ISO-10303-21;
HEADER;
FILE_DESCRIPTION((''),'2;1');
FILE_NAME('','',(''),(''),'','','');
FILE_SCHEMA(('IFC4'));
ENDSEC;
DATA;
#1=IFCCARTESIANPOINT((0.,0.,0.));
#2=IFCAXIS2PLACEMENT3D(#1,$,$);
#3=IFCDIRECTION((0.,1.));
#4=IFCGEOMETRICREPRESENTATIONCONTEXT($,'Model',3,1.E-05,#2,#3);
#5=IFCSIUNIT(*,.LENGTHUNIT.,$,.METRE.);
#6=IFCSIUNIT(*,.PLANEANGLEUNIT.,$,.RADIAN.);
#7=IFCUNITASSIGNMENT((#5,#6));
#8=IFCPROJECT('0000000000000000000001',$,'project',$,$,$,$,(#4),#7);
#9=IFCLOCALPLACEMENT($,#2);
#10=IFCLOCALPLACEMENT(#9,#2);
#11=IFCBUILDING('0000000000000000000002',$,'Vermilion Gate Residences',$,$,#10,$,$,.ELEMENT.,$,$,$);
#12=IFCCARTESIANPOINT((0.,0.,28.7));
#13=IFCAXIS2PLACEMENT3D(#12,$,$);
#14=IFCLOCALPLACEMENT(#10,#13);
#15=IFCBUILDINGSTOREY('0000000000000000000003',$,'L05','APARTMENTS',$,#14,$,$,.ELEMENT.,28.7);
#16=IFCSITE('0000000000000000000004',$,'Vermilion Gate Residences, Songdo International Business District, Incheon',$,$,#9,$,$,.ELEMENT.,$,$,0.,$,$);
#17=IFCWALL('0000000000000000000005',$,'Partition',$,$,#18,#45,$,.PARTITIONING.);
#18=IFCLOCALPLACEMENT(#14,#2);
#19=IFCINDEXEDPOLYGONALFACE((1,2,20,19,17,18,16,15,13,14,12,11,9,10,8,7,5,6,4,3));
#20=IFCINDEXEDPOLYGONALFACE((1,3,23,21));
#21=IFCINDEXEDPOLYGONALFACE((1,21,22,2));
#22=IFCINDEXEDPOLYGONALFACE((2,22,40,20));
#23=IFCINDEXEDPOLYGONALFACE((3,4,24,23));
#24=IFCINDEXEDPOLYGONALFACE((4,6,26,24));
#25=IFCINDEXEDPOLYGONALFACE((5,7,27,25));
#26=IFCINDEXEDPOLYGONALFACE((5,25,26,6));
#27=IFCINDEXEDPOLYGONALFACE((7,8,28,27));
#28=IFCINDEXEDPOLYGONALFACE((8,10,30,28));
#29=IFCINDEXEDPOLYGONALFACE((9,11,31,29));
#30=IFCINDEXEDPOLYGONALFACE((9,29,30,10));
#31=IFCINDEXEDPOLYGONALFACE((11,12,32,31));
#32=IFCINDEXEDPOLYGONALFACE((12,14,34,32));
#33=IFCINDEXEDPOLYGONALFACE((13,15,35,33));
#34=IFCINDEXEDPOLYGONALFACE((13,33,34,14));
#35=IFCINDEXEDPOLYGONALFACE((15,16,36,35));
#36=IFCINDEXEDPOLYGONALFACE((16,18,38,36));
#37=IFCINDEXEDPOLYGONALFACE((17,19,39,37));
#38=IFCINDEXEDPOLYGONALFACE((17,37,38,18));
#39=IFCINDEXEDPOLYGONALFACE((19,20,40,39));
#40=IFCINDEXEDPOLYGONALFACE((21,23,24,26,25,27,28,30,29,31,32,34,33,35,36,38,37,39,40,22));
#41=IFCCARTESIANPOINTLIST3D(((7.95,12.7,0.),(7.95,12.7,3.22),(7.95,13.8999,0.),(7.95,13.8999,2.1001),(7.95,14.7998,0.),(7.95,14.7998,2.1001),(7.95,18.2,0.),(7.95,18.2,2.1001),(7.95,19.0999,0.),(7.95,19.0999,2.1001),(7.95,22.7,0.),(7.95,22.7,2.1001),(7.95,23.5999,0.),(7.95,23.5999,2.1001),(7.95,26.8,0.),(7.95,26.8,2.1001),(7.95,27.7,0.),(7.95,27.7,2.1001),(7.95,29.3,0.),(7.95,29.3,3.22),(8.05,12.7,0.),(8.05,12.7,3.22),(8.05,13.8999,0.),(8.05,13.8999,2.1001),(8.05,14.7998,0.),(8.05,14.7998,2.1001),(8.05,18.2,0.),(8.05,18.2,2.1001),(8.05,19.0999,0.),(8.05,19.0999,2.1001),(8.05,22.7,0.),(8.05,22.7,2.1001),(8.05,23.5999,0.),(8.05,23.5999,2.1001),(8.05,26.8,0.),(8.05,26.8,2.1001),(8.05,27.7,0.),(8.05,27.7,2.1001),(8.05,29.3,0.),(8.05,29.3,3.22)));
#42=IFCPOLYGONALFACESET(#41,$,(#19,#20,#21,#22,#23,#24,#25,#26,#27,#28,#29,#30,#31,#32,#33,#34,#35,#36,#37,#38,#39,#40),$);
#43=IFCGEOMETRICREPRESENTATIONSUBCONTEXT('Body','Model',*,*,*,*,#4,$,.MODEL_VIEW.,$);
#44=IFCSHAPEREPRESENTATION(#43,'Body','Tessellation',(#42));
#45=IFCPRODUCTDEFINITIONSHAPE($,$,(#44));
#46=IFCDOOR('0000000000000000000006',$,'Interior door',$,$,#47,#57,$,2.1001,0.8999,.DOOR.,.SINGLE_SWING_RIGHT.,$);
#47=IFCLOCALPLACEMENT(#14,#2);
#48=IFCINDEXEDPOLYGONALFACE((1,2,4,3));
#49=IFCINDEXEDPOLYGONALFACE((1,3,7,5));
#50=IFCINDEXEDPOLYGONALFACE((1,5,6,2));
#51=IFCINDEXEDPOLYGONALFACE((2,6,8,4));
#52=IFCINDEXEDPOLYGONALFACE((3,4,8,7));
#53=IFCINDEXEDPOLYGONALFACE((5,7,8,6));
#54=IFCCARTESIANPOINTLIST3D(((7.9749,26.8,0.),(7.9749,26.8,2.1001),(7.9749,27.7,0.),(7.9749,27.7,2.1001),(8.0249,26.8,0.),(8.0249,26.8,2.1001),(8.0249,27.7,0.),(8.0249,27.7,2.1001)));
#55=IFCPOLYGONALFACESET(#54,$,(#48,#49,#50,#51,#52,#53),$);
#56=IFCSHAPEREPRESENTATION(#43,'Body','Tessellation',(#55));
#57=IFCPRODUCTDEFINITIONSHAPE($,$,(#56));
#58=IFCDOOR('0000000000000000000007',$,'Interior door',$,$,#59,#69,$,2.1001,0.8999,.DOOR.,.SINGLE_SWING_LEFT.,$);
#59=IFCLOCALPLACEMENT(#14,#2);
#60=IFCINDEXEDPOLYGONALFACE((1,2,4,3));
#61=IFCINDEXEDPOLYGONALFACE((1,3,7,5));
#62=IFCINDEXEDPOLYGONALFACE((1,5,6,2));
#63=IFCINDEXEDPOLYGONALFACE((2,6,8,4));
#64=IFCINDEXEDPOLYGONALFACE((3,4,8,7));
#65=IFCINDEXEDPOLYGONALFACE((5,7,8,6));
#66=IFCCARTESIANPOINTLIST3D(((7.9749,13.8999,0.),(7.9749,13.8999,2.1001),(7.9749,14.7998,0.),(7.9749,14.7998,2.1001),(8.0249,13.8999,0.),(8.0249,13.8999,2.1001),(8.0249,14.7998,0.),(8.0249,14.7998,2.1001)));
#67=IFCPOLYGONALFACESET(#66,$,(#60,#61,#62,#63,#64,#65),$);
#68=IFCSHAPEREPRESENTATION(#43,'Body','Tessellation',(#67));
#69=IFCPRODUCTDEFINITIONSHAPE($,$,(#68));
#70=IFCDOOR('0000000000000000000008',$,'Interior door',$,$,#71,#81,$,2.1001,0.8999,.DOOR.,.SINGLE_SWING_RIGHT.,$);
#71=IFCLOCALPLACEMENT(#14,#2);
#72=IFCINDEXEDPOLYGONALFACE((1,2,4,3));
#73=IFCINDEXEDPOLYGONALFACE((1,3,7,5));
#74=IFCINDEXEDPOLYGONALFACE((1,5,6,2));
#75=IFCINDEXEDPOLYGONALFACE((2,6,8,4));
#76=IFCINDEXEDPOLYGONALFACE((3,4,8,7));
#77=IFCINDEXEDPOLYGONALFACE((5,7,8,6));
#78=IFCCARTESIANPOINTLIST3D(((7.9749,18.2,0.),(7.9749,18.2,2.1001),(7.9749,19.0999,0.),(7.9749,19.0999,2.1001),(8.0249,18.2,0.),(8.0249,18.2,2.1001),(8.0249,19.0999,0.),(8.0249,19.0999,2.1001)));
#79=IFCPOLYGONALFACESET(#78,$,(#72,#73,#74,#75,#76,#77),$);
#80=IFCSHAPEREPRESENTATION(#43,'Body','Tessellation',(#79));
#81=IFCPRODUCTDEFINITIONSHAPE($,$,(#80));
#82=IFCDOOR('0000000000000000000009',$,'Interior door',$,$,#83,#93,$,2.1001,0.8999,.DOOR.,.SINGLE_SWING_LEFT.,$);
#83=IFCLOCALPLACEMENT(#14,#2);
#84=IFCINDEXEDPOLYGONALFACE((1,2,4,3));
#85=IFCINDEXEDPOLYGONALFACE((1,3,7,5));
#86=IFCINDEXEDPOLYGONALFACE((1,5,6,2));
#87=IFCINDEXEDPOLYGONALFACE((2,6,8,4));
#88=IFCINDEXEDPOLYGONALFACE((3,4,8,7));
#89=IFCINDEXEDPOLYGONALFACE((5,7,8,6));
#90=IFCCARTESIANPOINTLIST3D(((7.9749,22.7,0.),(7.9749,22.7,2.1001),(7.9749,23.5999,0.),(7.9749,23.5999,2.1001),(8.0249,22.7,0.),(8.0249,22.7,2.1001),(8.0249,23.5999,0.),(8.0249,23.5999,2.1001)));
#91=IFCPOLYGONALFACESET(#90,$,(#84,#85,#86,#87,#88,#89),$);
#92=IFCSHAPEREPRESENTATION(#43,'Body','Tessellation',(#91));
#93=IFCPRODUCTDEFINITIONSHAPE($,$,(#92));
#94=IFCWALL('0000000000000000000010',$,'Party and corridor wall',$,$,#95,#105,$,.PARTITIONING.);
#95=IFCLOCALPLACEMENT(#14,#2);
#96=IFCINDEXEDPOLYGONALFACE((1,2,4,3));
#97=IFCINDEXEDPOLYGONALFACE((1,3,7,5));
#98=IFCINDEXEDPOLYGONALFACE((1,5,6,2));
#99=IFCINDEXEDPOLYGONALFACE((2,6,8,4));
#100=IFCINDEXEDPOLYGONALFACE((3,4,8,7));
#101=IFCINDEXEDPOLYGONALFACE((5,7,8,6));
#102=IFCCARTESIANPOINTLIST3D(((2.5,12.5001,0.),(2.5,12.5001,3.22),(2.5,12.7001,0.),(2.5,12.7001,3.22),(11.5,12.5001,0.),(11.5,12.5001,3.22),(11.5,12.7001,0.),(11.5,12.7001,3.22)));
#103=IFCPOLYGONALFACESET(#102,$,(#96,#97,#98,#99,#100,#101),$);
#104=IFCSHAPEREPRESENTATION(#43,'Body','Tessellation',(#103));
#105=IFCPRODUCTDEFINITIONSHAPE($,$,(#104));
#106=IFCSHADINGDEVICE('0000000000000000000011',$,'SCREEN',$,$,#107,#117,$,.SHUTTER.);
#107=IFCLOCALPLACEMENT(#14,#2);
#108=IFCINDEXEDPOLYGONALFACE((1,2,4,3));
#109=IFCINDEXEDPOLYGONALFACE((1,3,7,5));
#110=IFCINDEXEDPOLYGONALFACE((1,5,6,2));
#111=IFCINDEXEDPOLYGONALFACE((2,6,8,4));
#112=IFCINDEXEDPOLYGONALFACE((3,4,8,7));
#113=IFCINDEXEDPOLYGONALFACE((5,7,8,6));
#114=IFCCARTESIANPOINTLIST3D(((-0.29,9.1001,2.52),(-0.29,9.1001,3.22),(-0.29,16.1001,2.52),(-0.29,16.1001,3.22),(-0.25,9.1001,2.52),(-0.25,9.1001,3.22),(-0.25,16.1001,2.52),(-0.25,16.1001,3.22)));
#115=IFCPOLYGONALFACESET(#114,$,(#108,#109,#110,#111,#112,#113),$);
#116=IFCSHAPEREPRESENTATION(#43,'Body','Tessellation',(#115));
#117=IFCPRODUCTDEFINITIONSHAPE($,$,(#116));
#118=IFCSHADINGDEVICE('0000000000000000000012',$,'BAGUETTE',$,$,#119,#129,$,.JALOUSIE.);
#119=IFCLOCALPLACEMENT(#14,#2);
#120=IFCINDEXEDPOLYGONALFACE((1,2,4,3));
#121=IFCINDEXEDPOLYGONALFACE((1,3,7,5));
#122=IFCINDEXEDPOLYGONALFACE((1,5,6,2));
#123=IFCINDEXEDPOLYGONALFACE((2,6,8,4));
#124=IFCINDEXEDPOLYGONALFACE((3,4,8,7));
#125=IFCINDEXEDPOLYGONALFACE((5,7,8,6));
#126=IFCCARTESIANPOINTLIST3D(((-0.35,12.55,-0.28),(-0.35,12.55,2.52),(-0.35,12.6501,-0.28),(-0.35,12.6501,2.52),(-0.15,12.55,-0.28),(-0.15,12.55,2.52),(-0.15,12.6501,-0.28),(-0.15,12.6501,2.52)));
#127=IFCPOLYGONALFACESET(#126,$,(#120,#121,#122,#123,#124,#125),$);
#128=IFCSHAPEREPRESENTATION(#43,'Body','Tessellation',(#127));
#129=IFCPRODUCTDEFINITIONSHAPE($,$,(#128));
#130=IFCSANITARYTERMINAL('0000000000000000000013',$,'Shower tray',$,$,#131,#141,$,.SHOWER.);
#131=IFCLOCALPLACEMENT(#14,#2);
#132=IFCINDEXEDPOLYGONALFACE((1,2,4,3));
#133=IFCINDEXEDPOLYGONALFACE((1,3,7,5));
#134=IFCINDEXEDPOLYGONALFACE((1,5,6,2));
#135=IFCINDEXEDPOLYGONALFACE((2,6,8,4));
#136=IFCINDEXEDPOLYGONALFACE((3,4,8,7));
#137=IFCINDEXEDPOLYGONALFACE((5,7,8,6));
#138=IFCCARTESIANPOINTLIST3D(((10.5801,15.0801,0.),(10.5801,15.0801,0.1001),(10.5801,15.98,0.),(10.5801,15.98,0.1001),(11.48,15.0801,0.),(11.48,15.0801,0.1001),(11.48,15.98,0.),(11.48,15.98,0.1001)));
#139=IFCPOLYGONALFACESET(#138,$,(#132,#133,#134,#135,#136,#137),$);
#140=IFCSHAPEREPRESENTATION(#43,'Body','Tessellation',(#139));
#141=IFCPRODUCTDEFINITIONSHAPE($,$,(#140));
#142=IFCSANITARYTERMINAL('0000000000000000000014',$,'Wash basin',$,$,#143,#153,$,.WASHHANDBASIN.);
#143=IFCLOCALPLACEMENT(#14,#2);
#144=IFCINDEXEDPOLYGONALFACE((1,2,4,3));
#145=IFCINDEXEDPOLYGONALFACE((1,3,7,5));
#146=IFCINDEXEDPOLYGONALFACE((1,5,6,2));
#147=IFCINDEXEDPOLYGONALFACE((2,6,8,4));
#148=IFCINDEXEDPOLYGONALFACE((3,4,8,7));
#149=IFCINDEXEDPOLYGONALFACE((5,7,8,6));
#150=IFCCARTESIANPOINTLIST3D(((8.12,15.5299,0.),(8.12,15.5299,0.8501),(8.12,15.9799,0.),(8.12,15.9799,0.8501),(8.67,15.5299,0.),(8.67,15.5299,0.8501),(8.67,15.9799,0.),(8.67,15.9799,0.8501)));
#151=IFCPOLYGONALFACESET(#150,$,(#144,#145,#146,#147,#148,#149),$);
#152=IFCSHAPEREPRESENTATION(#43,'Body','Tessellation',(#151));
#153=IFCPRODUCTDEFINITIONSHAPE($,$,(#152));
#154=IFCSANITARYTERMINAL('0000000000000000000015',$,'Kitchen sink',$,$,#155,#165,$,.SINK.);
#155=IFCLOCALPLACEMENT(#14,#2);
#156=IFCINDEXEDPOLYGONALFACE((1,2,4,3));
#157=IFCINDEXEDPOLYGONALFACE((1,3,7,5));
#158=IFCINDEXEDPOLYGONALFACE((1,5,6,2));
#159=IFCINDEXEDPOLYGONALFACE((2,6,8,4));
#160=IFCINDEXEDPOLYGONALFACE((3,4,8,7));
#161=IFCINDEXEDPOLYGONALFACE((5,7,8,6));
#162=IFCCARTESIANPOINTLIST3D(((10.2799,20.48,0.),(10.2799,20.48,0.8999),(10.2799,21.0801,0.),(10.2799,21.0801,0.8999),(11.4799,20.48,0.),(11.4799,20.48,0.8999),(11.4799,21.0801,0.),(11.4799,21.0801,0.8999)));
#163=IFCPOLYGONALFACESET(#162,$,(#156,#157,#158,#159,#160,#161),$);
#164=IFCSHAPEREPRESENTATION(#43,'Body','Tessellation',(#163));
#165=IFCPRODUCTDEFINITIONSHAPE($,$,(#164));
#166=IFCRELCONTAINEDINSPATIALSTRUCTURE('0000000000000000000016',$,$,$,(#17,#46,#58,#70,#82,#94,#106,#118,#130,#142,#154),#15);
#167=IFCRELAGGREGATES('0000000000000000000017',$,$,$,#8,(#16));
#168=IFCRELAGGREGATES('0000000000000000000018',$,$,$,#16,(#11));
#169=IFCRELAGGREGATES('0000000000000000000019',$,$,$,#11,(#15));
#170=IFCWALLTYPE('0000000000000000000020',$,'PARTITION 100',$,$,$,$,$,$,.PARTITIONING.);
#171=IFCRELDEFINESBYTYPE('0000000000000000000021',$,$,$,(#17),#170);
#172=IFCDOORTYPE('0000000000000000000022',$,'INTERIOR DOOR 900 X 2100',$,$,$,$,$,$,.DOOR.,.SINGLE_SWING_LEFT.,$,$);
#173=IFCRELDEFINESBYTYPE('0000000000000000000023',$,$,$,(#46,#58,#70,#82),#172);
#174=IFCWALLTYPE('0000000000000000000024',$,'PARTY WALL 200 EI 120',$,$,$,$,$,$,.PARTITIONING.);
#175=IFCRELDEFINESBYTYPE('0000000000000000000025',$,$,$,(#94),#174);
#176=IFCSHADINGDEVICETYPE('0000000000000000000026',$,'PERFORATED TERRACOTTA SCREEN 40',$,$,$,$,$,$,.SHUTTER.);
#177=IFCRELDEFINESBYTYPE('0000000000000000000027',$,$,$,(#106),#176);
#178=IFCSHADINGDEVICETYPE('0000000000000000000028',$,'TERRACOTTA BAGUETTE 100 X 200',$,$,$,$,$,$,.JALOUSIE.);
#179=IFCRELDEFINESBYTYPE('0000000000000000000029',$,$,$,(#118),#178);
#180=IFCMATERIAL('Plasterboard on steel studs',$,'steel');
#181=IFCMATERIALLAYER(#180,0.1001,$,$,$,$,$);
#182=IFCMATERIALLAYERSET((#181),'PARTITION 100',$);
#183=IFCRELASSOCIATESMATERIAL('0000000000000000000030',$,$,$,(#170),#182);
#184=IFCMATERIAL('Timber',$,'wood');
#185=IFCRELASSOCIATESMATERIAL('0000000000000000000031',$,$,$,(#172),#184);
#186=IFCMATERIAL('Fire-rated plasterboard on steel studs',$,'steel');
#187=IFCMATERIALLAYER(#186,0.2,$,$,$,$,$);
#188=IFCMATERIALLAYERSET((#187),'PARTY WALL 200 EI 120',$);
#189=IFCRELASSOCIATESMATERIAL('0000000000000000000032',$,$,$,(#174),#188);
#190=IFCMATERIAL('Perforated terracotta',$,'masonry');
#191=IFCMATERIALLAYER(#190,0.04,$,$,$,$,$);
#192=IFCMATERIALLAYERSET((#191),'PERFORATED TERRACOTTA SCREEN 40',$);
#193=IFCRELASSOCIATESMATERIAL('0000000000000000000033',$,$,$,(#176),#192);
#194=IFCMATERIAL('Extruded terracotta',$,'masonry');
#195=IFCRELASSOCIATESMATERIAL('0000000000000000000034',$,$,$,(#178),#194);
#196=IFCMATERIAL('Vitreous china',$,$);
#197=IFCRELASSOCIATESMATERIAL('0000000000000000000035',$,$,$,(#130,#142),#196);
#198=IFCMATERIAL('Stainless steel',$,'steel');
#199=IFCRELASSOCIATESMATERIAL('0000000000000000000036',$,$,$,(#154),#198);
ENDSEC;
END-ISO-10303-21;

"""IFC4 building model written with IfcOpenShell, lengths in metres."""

from ifc_helpers import new_model, si_unit, direction, frame, frame_2d, origin, origin_2d, place, context, subcontext, project, spatial, rectangle, extrude, material, layer, layer_set, material_profile, profile_set, type_object, element, fill, save


model = new_model("IFC4")

# Units and contexts
model_context = context("Model", 3, precision=1e-05, world=origin(), true_north=direction((0.0, 1.0)))
body_context = subcontext(model_context, "Body", "Model", "MODEL_VIEW")
ifc_project = project(units=[si_unit("LENGTHUNIT", "METRE"), si_unit("PLANEANGLEUNIT", "RADIAN")], contexts=[model_context])

# Site, building, storey
site_placement = place(None, origin())
site = spatial("IfcSite", under=ifc_project, at=site_placement, Name="Vermilion Gate Residences, Songdo International Business District, Incheon", CompositionType="ELEMENT", RefElevation=0.0)
building_placement = place(site_placement, origin())
building = spatial("IfcBuilding", under=site, at=building_placement, Name="Vermilion Gate Residences", CompositionType="ELEMENT")
storey_placement = place(building_placement, frame((0.0, 0.0, 28.7)))
storey = spatial("IfcBuildingStorey", under=building, at=storey_placement, Name="L05", Description="APARTMENTS", CompositionType="ELEMENT", Elevation=28.7)

# Shared definitions
ifc_material_1 = material(Name="Plasterboard on steel studs", Category="steel")
ifc_layer_1 = layer(ifc_material_1, 0.1001)
ifc_layer_set_1 = layer_set([ifc_layer_1], Name="PARTITION 100")
wall_type_1 = type_object("IfcWallType", Name="PARTITION 100", PredefinedType="PARTITIONING", material=ifc_layer_set_1)

# Wall, openings, doors
ifc_material_2 = material(Name="Timber", Category="wood")
door_type = type_object("IfcDoorType", Name="INTERIOR DOOR 900 X 2100", OperationType="SINGLE_SWING_LEFT", PredefinedType="DOOR", material=ifc_material_2)
wall_1_placement = place(storey_placement, frame((8.0, 12.7, 0.0), z_axis=(0.0, 0.0, 1.0), x_axis=(0.0, 1.0, 0.0)))
wall_1 = element("IfcWall", 1, at=wall_1_placement, inside=storey, type_object=wall_type_1, Name="Partition", PredefinedType="PARTITIONING", context=body_context, shape_type="SweptSolid", body=[
    extrude(rectangle(XDim=16.6001, YDim=0.1001, at=frame_2d((8.3, 0.0))), origin(), (0.0, 0.0, 1.0), 3.22),
])
opening_1_placement = place(wall_1_placement, frame((14.1001, 0.0, 0.0)))
opening_1 = element("IfcOpeningElement", 2, at=opening_1_placement, cuts=wall_1, PredefinedType="OPENING", context=body_context, shape_type="SweptSolid", body=[
    extrude(rectangle(XDim=0.8999, YDim=2.1001, at=frame_2d((0.45, 1.05))), frame((0.0, 0.0601, 0.0), z_axis=(0.0, -1.0, 0.0), x_axis=(1.0, 0.0, 0.0)), (0.0, 0.0, 1.0), 0.1201),
])
opening_2_placement = place(wall_1_placement, frame((1.2, 0.0, 0.0)))
opening_2 = element("IfcOpeningElement", 3, at=opening_2_placement, cuts=wall_1, PredefinedType="OPENING", context=body_context, shape_type="SweptSolid", body=[
    extrude(rectangle(XDim=0.8999, YDim=2.1001, at=frame_2d((0.45, 1.05))), frame((0.0, 0.0601, 0.0), z_axis=(0.0, -1.0, 0.0), x_axis=(1.0, 0.0, 0.0)), (0.0, 0.0, 1.0), 0.1201),
])
opening_3_placement = place(wall_1_placement, frame((5.5, 0.0, 0.0)))
opening_3 = element("IfcOpeningElement", 4, at=opening_3_placement, cuts=wall_1, PredefinedType="OPENING", context=body_context, shape_type="SweptSolid", body=[
    extrude(rectangle(XDim=0.8999, YDim=2.1001, at=frame_2d((0.45, 1.05))), frame((0.0, 0.0601, 0.0), z_axis=(0.0, -1.0, 0.0), x_axis=(1.0, 0.0, 0.0)), (0.0, 0.0, 1.0), 0.1201),
])
opening_4_placement = place(wall_1_placement, frame((10.0, 0.0, 0.0)))
opening_4 = element("IfcOpeningElement", 5, at=opening_4_placement, cuts=wall_1, PredefinedType="OPENING", context=body_context, shape_type="SweptSolid", body=[
    extrude(rectangle(XDim=0.8999, YDim=2.1001, at=frame_2d((0.45, 1.05))), frame((0.0, 0.0601, 0.0), z_axis=(0.0, -1.0, 0.0), x_axis=(1.0, 0.0, 0.0)), (0.0, 0.0, 1.0), 0.1201),
])
door_1_placement = place(opening_1_placement, frame((0.8999, 0.0, 0.0), z_axis=(0.0, 0.0, 1.0), x_axis=(-1.0, 0.0, 0.0)))
door_1 = element("IfcDoor", 6, at=door_1_placement, inside=storey, type_object=door_type, Name="Interior door", OperationType="SINGLE_SWING_RIGHT", OverallHeight=2.1001, OverallWidth=0.8999, PredefinedType="DOOR", context=body_context, shape_type="SweptSolid", body=[
    extrude(rectangle(XDim=0.8999, YDim=2.1001, at=frame_2d((0.45, 1.05))), frame((0.0, 0.0249, 0.0), z_axis=(0.0, -1.0, 0.0), x_axis=(1.0, 0.0, 0.0)), (0.0, 0.0, 1.0), 0.05),
])
fill(opening_1, door_1)
door_2_placement = place(opening_2_placement, frame((0.8999, 0.0, 0.0), z_axis=(0.0, 0.0, 1.0), x_axis=(-1.0, 0.0, 0.0)))
door_2 = element("IfcDoor", 7, at=door_2_placement, inside=storey, type_object=door_type, Name="Interior door", OperationType="SINGLE_SWING_LEFT", OverallHeight=2.1001, OverallWidth=0.8999, PredefinedType="DOOR", context=body_context, shape_type="SweptSolid", body=[
    extrude(rectangle(XDim=0.8999, YDim=2.1001, at=frame_2d((0.45, 1.05))), frame((0.0, 0.0249, 0.0), z_axis=(0.0, -1.0, 0.0), x_axis=(1.0, 0.0, 0.0)), (0.0, 0.0, 1.0), 0.05),
])
fill(opening_2, door_2)
door_3_placement = place(opening_3_placement, frame((0.8999, 0.0, 0.0), z_axis=(0.0, 0.0, 1.0), x_axis=(-1.0, 0.0, 0.0)))
door_3 = element("IfcDoor", 8, at=door_3_placement, inside=storey, type_object=door_type, Name="Interior door", OperationType="SINGLE_SWING_RIGHT", OverallHeight=2.1001, OverallWidth=0.8999, PredefinedType="DOOR", context=body_context, shape_type="SweptSolid", body=[
    extrude(rectangle(XDim=0.8999, YDim=2.1001, at=frame_2d((0.45, 1.05))), frame((0.0, 0.0249, 0.0), z_axis=(0.0, -1.0, 0.0), x_axis=(1.0, 0.0, 0.0)), (0.0, 0.0, 1.0), 0.05),
])
fill(opening_3, door_3)
door_4_placement = place(opening_4_placement, frame((0.8999, 0.0, 0.0), z_axis=(0.0, 0.0, 1.0), x_axis=(-1.0, 0.0, 0.0)))
door_4 = element("IfcDoor", 9, at=door_4_placement, inside=storey, type_object=door_type, Name="Interior door", OperationType="SINGLE_SWING_LEFT", OverallHeight=2.1001, OverallWidth=0.8999, PredefinedType="DOOR", context=body_context, shape_type="SweptSolid", body=[
    extrude(rectangle(XDim=0.8999, YDim=2.1001, at=frame_2d((0.45, 1.05))), frame((0.0, 0.0249, 0.0), z_axis=(0.0, -1.0, 0.0), x_axis=(1.0, 0.0, 0.0)), (0.0, 0.0, 1.0), 0.05),
])
fill(opening_4, door_4)

# Wall
ifc_material_3 = material(Name="Fire-rated plasterboard on steel studs", Category="steel")
ifc_layer_2 = layer(ifc_material_3, 0.2)
ifc_layer_set_2 = layer_set([ifc_layer_2], Name="PARTY WALL 200 EI 120")
wall_type_2 = type_object("IfcWallType", Name="PARTY WALL 200 EI 120", PredefinedType="PARTITIONING", material=ifc_layer_set_2)
wall_2_placement = place(storey_placement, frame((2.5, 12.6001, 0.0), z_axis=(0.0, 0.0, 1.0), x_axis=(1.0, 0.0, 0.0)))
element("IfcWall", 10, at=wall_2_placement, inside=storey, type_object=wall_type_2, Name="Party and corridor wall", PredefinedType="PARTITIONING", context=body_context, shape_type="SweptSolid", body=[
    extrude(rectangle(XDim=9.0, YDim=0.2, at=frame_2d((4.5, 0.0))), origin(), (0.0, 0.0, 1.0), 3.22),
])

# Shading devices
ifc_material_4 = material(Name="Perforated terracotta", Category="masonry")
ifc_layer_3 = layer(ifc_material_4, 0.04)
ifc_layer_set_3 = layer_set([ifc_layer_3], Name="PERFORATED TERRACOTTA SCREEN 40")
shading_device_type_1 = type_object("IfcShadingDeviceType", Name="PERFORATED TERRACOTTA SCREEN 40", PredefinedType="SHUTTER", material=ifc_layer_set_3)
shading_device_1_placement = place(storey_placement, frame((-0.27, 12.6001, 2.52), z_axis=(0.0, 0.0, 1.0), x_axis=(0.0, -1.0, 0.0)))
element("IfcShadingDevice", 11, at=shading_device_1_placement, inside=storey, type_object=shading_device_type_1, Name="SCREEN", PredefinedType="SHUTTER", context=body_context, shape_type="SweptSolid", body=[
    extrude(rectangle(XDim=7.0, YDim=0.04, at=origin_2d()), origin(), (0.0, 0.0, 1.0), 0.7),
])
ifc_material_5 = material(Name="Extruded terracotta", Category="masonry")
ifc_material_profile_1 = material_profile(ifc_material_5, rectangle(XDim=0.2, YDim=0.1001, at=origin_2d()), Name="BAGUETTE 100 X 200")
ifc_profile_set_1 = profile_set([ifc_material_profile_1], Name="Extruded terracotta")
shading_device_type_2 = type_object("IfcShadingDeviceType", Name="TERRACOTTA BAGUETTE 100 X 200", PredefinedType="JALOUSIE", material=ifc_profile_set_1)
shading_device_2_placement = place(storey_placement, frame((-0.25, 12.6001, -0.28), z_axis=(0.0, 0.0, 1.0), x_axis=(1.0, 0.0, 0.0)))
element("IfcShadingDevice", 12, at=shading_device_2_placement, inside=storey, type_object=shading_device_type_2, Name="BAGUETTE", PredefinedType="JALOUSIE", context=body_context, shape_type="SweptSolid", body=[
    extrude(rectangle(XDim=0.2, YDim=0.1001, at=origin_2d()), origin(), (0.0, 0.0, 1.0), 2.8),
])

# Sanitary terminals
ifc_material_6 = material(Name="Vitreous china")
sanitary_terminal_1_placement = place(storey_placement, frame((11.03, 15.53, 0.0), z_axis=(0.0, 0.0, 1.0), x_axis=(1.0, 0.0, 0.0)))
element("IfcSanitaryTerminal", 13, at=sanitary_terminal_1_placement, inside=storey, material=ifc_material_6, Name="Shower tray", PredefinedType="SHOWER", context=body_context, shape_type="SweptSolid", body=[
    extrude(rectangle(XDim=0.8999, YDim=0.8999, at=origin_2d()), origin(), (0.0, 0.0, 1.0), 0.1001),
])
sanitary_terminal_2_placement = place(storey_placement, frame((8.395, 15.7549, 0.0), z_axis=(0.0, 0.0, 1.0), x_axis=(1.0, 0.0, 0.0)))
element("IfcSanitaryTerminal", 14, at=sanitary_terminal_2_placement, inside=storey, material=ifc_material_6, Name="Wash basin", PredefinedType="WASHHANDBASIN", context=body_context, shape_type="SweptSolid", body=[
    extrude(rectangle(XDim=0.55, YDim=0.45, at=origin_2d()), origin(), (0.0, 0.0, 1.0), 0.8501),
])
ifc_material_7 = material(Name="Stainless steel", Category="steel")
sanitary_terminal_3_placement = place(storey_placement, frame((10.8799, 20.78, 0.0), z_axis=(0.0, 0.0, 1.0), x_axis=(1.0, 0.0, 0.0)))
element("IfcSanitaryTerminal", 15, at=sanitary_terminal_3_placement, inside=storey, material=ifc_material_7, Name="Kitchen sink", PredefinedType="SINK", context=body_context, shape_type="SweptSolid", body=[
    extrude(rectangle(XDim=1.2, YDim=0.6001, at=origin_2d()), origin(), (0.0, 0.0, 1.0), 0.8999),
])

save(model, "model.ifc")
